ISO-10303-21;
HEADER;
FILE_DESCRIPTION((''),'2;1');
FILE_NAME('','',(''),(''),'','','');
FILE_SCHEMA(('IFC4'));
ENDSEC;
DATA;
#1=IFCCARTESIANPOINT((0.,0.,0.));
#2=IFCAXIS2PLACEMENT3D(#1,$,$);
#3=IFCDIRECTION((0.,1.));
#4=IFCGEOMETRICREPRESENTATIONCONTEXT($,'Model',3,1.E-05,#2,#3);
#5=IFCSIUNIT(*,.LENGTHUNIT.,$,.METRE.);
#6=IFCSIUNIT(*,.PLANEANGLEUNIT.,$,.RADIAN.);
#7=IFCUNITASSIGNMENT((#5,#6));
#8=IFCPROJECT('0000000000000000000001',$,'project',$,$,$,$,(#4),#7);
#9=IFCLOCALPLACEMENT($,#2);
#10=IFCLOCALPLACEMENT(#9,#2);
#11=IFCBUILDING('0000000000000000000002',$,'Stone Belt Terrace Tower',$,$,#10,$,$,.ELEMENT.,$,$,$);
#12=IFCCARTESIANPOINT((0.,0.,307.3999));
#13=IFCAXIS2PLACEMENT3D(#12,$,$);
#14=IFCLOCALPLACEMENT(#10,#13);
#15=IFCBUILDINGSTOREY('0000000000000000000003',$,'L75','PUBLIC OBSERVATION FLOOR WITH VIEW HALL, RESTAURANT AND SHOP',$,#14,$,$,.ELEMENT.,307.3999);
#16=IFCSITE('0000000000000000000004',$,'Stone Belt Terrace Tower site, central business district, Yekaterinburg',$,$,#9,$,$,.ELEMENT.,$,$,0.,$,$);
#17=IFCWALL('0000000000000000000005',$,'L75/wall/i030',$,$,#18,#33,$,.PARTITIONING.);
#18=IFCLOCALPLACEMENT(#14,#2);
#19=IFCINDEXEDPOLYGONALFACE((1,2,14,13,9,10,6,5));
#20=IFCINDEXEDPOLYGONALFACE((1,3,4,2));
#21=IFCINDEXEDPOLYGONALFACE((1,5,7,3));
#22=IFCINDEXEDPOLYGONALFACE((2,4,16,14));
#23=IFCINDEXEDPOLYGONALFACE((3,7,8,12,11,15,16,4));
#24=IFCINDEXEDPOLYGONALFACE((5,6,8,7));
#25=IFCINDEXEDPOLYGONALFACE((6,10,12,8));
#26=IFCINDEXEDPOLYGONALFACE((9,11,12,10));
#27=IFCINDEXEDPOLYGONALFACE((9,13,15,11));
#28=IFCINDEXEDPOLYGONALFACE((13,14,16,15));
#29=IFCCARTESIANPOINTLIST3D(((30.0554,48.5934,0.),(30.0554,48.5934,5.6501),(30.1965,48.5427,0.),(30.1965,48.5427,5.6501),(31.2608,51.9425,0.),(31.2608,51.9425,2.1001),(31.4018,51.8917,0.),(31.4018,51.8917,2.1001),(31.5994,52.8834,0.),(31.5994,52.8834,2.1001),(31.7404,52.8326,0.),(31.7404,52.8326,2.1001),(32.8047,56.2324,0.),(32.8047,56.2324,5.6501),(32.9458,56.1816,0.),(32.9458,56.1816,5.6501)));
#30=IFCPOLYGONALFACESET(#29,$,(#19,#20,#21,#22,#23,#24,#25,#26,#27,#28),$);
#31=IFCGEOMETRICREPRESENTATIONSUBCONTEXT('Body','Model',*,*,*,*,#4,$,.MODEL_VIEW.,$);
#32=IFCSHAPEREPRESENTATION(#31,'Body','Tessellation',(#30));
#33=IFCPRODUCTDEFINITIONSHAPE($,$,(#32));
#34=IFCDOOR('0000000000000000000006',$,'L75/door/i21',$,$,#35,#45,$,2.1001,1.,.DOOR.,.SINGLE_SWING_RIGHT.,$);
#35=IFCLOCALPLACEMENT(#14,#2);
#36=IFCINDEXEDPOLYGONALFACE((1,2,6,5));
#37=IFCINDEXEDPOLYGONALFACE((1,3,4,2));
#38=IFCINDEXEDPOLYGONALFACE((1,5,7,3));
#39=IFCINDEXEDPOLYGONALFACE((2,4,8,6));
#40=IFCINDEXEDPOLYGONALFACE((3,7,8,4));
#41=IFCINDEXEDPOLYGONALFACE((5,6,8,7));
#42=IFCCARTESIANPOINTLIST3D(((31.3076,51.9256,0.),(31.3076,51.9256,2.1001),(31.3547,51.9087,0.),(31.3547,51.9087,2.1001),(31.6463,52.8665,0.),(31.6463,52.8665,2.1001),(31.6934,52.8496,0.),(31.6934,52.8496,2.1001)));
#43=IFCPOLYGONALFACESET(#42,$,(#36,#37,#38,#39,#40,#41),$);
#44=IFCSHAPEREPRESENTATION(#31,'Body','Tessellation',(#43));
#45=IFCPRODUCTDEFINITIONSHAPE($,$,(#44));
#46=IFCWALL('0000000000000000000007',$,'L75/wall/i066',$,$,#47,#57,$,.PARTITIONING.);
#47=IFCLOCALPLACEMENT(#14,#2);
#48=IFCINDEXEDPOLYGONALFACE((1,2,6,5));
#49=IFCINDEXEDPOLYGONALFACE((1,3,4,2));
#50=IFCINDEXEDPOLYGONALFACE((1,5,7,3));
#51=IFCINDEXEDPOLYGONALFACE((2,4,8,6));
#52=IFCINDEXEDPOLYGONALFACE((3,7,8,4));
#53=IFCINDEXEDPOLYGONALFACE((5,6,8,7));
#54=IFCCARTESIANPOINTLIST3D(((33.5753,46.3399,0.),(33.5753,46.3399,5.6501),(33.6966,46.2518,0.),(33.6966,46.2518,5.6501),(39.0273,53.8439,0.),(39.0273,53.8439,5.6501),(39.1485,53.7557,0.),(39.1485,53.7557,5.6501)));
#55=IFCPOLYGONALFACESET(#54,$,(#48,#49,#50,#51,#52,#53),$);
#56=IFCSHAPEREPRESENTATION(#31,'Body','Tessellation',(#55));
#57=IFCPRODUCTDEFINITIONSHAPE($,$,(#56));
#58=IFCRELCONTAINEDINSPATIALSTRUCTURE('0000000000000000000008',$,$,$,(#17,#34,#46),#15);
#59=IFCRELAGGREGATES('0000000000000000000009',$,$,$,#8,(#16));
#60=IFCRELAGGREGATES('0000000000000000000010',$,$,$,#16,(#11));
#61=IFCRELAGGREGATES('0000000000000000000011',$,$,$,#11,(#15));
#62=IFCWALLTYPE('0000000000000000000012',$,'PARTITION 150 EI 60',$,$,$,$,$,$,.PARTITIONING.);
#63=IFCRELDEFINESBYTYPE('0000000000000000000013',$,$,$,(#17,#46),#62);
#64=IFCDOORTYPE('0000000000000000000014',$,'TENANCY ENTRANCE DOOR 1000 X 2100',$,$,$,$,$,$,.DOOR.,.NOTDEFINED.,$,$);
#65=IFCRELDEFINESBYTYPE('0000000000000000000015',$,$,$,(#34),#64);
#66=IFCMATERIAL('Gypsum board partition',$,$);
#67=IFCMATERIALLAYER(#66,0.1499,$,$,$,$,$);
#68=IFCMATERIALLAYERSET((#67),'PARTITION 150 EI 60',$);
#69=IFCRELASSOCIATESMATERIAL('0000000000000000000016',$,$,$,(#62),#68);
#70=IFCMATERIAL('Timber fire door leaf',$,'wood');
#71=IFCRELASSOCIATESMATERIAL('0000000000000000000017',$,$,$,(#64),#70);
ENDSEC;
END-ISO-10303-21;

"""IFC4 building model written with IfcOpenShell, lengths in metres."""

from ifc_helpers import new_model, si_unit, direction, frame, frame_2d, origin, place, context, subcontext, project, spatial, rectangle, extrude, material, layer, layer_set, type_object, element, fill, save


model = new_model("IFC4")

# Units and contexts
model_context = context("Model", 3, precision=1e-05, world=origin(), true_north=direction((0.0, 1.0)))
body_context = subcontext(model_context, "Body", "Model", "MODEL_VIEW")
ifc_project = project(units=[si_unit("LENGTHUNIT", "METRE"), si_unit("PLANEANGLEUNIT", "RADIAN")], contexts=[model_context])

# Site, building, storey
site_placement = place(None, origin())
site = spatial("IfcSite", under=ifc_project, at=site_placement, Name="Stone Belt Terrace Tower site, central business district, Yekaterinburg", CompositionType="ELEMENT", RefElevation=0.0)
building_placement = place(site_placement, origin())
building = spatial("IfcBuilding", under=site, at=building_placement, Name="Stone Belt Terrace Tower", CompositionType="ELEMENT")
storey_placement = place(building_placement, frame((0.0, 0.0, 307.3999)))
storey = spatial("IfcBuildingStorey", under=building, at=storey_placement, Name="L75", Description="PUBLIC OBSERVATION FLOOR WITH VIEW HALL, RESTAURANT AND SHOP", CompositionType="ELEMENT", Elevation=307.3999)

# Shared definitions
ifc_material_1 = material(Name="Gypsum board partition")
ifc_layer_1 = layer(ifc_material_1, 0.1499)
ifc_layer_set_1 = layer_set([ifc_layer_1], Name="PARTITION 150 EI 60")
wall_type = type_object("IfcWallType", Name="PARTITION 150 EI 60", PredefinedType="PARTITIONING", material=ifc_layer_set_1)

# Wall, opening, door
wall_1_placement = place(storey_placement, frame((32.8752, 56.207, 0.0), z_axis=(0.0, 0.0, 1.0), x_axis=(-0.338639, -0.940917, 0.0)))
wall_1 = element("IfcWall", 1, at=wall_1_placement, inside=storey, type_object=wall_type, Name="L75/wall/i030", PredefinedType="PARTITIONING", context=body_context, shape_type="SweptSolid", body=[
    extrude(rectangle(XDim=8.1187, YDim=0.1499, at=frame_2d((4.0593, 0.0))), origin(), (0.0, 0.0, 1.0), 5.6501),
])
opening_placement = place(wall_1_placement, frame((3.5593, 0.0, 0.0)))
opening = element("IfcOpeningElement", 2, at=opening_placement, cuts=wall_1, PredefinedType="OPENING", context=body_context, shape_type="SweptSolid", body=[
    extrude(rectangle(XDim=1.0, YDim=2.1001, at=frame_2d((0.5, 1.05))), frame((0.0, 0.085, 0.0), z_axis=(0.0, -1.0, 0.0), x_axis=(1.0, 0.0, 0.0)), (0.0, 0.0, 1.0), 0.1699),
])
ifc_material_2 = material(Name="Timber fire door leaf", Category="wood")
door_type = type_object("IfcDoorType", Name="TENANCY ENTRANCE DOOR 1000 X 2100", OperationType="NOTDEFINED", PredefinedType="DOOR", material=ifc_material_2)
door_placement = place(opening_placement, origin())
door = element("IfcDoor", 3, at=door_placement, inside=storey, type_object=door_type, Name="L75/door/i21", OperationType="SINGLE_SWING_RIGHT", OverallHeight=2.1001, OverallWidth=1.0, PredefinedType="DOOR", context=body_context, shape_type="SweptSolid", body=[
    extrude(rectangle(XDim=1.0, YDim=2.1001, at=frame_2d((0.5, 1.05))), frame((0.0, 0.0249, 0.0), z_axis=(0.0, -1.0, 0.0), x_axis=(1.0, 0.0, 0.0)), (0.0, 0.0, 1.0), 0.05),
])
fill(opening, door)

# Wall
wall_2_placement = place(storey_placement, frame((39.0879, 53.7998, 0.0), z_axis=(0.0, 0.0, 1.0), x_axis=(-0.587785, -0.809017, 0.0)))
element("IfcWall", 4, at=wall_2_placement, inside=storey, type_object=wall_type, Name="L75/wall/i066", PredefinedType="PARTITIONING", context=body_context, shape_type="SweptSolid", body=[
    extrude(rectangle(XDim=9.2754, YDim=0.1499, at=frame_2d((4.6377, 0.0))), origin(), (0.0, 0.0, 1.0), 5.6501),
])

save(model, "model.ifc")
